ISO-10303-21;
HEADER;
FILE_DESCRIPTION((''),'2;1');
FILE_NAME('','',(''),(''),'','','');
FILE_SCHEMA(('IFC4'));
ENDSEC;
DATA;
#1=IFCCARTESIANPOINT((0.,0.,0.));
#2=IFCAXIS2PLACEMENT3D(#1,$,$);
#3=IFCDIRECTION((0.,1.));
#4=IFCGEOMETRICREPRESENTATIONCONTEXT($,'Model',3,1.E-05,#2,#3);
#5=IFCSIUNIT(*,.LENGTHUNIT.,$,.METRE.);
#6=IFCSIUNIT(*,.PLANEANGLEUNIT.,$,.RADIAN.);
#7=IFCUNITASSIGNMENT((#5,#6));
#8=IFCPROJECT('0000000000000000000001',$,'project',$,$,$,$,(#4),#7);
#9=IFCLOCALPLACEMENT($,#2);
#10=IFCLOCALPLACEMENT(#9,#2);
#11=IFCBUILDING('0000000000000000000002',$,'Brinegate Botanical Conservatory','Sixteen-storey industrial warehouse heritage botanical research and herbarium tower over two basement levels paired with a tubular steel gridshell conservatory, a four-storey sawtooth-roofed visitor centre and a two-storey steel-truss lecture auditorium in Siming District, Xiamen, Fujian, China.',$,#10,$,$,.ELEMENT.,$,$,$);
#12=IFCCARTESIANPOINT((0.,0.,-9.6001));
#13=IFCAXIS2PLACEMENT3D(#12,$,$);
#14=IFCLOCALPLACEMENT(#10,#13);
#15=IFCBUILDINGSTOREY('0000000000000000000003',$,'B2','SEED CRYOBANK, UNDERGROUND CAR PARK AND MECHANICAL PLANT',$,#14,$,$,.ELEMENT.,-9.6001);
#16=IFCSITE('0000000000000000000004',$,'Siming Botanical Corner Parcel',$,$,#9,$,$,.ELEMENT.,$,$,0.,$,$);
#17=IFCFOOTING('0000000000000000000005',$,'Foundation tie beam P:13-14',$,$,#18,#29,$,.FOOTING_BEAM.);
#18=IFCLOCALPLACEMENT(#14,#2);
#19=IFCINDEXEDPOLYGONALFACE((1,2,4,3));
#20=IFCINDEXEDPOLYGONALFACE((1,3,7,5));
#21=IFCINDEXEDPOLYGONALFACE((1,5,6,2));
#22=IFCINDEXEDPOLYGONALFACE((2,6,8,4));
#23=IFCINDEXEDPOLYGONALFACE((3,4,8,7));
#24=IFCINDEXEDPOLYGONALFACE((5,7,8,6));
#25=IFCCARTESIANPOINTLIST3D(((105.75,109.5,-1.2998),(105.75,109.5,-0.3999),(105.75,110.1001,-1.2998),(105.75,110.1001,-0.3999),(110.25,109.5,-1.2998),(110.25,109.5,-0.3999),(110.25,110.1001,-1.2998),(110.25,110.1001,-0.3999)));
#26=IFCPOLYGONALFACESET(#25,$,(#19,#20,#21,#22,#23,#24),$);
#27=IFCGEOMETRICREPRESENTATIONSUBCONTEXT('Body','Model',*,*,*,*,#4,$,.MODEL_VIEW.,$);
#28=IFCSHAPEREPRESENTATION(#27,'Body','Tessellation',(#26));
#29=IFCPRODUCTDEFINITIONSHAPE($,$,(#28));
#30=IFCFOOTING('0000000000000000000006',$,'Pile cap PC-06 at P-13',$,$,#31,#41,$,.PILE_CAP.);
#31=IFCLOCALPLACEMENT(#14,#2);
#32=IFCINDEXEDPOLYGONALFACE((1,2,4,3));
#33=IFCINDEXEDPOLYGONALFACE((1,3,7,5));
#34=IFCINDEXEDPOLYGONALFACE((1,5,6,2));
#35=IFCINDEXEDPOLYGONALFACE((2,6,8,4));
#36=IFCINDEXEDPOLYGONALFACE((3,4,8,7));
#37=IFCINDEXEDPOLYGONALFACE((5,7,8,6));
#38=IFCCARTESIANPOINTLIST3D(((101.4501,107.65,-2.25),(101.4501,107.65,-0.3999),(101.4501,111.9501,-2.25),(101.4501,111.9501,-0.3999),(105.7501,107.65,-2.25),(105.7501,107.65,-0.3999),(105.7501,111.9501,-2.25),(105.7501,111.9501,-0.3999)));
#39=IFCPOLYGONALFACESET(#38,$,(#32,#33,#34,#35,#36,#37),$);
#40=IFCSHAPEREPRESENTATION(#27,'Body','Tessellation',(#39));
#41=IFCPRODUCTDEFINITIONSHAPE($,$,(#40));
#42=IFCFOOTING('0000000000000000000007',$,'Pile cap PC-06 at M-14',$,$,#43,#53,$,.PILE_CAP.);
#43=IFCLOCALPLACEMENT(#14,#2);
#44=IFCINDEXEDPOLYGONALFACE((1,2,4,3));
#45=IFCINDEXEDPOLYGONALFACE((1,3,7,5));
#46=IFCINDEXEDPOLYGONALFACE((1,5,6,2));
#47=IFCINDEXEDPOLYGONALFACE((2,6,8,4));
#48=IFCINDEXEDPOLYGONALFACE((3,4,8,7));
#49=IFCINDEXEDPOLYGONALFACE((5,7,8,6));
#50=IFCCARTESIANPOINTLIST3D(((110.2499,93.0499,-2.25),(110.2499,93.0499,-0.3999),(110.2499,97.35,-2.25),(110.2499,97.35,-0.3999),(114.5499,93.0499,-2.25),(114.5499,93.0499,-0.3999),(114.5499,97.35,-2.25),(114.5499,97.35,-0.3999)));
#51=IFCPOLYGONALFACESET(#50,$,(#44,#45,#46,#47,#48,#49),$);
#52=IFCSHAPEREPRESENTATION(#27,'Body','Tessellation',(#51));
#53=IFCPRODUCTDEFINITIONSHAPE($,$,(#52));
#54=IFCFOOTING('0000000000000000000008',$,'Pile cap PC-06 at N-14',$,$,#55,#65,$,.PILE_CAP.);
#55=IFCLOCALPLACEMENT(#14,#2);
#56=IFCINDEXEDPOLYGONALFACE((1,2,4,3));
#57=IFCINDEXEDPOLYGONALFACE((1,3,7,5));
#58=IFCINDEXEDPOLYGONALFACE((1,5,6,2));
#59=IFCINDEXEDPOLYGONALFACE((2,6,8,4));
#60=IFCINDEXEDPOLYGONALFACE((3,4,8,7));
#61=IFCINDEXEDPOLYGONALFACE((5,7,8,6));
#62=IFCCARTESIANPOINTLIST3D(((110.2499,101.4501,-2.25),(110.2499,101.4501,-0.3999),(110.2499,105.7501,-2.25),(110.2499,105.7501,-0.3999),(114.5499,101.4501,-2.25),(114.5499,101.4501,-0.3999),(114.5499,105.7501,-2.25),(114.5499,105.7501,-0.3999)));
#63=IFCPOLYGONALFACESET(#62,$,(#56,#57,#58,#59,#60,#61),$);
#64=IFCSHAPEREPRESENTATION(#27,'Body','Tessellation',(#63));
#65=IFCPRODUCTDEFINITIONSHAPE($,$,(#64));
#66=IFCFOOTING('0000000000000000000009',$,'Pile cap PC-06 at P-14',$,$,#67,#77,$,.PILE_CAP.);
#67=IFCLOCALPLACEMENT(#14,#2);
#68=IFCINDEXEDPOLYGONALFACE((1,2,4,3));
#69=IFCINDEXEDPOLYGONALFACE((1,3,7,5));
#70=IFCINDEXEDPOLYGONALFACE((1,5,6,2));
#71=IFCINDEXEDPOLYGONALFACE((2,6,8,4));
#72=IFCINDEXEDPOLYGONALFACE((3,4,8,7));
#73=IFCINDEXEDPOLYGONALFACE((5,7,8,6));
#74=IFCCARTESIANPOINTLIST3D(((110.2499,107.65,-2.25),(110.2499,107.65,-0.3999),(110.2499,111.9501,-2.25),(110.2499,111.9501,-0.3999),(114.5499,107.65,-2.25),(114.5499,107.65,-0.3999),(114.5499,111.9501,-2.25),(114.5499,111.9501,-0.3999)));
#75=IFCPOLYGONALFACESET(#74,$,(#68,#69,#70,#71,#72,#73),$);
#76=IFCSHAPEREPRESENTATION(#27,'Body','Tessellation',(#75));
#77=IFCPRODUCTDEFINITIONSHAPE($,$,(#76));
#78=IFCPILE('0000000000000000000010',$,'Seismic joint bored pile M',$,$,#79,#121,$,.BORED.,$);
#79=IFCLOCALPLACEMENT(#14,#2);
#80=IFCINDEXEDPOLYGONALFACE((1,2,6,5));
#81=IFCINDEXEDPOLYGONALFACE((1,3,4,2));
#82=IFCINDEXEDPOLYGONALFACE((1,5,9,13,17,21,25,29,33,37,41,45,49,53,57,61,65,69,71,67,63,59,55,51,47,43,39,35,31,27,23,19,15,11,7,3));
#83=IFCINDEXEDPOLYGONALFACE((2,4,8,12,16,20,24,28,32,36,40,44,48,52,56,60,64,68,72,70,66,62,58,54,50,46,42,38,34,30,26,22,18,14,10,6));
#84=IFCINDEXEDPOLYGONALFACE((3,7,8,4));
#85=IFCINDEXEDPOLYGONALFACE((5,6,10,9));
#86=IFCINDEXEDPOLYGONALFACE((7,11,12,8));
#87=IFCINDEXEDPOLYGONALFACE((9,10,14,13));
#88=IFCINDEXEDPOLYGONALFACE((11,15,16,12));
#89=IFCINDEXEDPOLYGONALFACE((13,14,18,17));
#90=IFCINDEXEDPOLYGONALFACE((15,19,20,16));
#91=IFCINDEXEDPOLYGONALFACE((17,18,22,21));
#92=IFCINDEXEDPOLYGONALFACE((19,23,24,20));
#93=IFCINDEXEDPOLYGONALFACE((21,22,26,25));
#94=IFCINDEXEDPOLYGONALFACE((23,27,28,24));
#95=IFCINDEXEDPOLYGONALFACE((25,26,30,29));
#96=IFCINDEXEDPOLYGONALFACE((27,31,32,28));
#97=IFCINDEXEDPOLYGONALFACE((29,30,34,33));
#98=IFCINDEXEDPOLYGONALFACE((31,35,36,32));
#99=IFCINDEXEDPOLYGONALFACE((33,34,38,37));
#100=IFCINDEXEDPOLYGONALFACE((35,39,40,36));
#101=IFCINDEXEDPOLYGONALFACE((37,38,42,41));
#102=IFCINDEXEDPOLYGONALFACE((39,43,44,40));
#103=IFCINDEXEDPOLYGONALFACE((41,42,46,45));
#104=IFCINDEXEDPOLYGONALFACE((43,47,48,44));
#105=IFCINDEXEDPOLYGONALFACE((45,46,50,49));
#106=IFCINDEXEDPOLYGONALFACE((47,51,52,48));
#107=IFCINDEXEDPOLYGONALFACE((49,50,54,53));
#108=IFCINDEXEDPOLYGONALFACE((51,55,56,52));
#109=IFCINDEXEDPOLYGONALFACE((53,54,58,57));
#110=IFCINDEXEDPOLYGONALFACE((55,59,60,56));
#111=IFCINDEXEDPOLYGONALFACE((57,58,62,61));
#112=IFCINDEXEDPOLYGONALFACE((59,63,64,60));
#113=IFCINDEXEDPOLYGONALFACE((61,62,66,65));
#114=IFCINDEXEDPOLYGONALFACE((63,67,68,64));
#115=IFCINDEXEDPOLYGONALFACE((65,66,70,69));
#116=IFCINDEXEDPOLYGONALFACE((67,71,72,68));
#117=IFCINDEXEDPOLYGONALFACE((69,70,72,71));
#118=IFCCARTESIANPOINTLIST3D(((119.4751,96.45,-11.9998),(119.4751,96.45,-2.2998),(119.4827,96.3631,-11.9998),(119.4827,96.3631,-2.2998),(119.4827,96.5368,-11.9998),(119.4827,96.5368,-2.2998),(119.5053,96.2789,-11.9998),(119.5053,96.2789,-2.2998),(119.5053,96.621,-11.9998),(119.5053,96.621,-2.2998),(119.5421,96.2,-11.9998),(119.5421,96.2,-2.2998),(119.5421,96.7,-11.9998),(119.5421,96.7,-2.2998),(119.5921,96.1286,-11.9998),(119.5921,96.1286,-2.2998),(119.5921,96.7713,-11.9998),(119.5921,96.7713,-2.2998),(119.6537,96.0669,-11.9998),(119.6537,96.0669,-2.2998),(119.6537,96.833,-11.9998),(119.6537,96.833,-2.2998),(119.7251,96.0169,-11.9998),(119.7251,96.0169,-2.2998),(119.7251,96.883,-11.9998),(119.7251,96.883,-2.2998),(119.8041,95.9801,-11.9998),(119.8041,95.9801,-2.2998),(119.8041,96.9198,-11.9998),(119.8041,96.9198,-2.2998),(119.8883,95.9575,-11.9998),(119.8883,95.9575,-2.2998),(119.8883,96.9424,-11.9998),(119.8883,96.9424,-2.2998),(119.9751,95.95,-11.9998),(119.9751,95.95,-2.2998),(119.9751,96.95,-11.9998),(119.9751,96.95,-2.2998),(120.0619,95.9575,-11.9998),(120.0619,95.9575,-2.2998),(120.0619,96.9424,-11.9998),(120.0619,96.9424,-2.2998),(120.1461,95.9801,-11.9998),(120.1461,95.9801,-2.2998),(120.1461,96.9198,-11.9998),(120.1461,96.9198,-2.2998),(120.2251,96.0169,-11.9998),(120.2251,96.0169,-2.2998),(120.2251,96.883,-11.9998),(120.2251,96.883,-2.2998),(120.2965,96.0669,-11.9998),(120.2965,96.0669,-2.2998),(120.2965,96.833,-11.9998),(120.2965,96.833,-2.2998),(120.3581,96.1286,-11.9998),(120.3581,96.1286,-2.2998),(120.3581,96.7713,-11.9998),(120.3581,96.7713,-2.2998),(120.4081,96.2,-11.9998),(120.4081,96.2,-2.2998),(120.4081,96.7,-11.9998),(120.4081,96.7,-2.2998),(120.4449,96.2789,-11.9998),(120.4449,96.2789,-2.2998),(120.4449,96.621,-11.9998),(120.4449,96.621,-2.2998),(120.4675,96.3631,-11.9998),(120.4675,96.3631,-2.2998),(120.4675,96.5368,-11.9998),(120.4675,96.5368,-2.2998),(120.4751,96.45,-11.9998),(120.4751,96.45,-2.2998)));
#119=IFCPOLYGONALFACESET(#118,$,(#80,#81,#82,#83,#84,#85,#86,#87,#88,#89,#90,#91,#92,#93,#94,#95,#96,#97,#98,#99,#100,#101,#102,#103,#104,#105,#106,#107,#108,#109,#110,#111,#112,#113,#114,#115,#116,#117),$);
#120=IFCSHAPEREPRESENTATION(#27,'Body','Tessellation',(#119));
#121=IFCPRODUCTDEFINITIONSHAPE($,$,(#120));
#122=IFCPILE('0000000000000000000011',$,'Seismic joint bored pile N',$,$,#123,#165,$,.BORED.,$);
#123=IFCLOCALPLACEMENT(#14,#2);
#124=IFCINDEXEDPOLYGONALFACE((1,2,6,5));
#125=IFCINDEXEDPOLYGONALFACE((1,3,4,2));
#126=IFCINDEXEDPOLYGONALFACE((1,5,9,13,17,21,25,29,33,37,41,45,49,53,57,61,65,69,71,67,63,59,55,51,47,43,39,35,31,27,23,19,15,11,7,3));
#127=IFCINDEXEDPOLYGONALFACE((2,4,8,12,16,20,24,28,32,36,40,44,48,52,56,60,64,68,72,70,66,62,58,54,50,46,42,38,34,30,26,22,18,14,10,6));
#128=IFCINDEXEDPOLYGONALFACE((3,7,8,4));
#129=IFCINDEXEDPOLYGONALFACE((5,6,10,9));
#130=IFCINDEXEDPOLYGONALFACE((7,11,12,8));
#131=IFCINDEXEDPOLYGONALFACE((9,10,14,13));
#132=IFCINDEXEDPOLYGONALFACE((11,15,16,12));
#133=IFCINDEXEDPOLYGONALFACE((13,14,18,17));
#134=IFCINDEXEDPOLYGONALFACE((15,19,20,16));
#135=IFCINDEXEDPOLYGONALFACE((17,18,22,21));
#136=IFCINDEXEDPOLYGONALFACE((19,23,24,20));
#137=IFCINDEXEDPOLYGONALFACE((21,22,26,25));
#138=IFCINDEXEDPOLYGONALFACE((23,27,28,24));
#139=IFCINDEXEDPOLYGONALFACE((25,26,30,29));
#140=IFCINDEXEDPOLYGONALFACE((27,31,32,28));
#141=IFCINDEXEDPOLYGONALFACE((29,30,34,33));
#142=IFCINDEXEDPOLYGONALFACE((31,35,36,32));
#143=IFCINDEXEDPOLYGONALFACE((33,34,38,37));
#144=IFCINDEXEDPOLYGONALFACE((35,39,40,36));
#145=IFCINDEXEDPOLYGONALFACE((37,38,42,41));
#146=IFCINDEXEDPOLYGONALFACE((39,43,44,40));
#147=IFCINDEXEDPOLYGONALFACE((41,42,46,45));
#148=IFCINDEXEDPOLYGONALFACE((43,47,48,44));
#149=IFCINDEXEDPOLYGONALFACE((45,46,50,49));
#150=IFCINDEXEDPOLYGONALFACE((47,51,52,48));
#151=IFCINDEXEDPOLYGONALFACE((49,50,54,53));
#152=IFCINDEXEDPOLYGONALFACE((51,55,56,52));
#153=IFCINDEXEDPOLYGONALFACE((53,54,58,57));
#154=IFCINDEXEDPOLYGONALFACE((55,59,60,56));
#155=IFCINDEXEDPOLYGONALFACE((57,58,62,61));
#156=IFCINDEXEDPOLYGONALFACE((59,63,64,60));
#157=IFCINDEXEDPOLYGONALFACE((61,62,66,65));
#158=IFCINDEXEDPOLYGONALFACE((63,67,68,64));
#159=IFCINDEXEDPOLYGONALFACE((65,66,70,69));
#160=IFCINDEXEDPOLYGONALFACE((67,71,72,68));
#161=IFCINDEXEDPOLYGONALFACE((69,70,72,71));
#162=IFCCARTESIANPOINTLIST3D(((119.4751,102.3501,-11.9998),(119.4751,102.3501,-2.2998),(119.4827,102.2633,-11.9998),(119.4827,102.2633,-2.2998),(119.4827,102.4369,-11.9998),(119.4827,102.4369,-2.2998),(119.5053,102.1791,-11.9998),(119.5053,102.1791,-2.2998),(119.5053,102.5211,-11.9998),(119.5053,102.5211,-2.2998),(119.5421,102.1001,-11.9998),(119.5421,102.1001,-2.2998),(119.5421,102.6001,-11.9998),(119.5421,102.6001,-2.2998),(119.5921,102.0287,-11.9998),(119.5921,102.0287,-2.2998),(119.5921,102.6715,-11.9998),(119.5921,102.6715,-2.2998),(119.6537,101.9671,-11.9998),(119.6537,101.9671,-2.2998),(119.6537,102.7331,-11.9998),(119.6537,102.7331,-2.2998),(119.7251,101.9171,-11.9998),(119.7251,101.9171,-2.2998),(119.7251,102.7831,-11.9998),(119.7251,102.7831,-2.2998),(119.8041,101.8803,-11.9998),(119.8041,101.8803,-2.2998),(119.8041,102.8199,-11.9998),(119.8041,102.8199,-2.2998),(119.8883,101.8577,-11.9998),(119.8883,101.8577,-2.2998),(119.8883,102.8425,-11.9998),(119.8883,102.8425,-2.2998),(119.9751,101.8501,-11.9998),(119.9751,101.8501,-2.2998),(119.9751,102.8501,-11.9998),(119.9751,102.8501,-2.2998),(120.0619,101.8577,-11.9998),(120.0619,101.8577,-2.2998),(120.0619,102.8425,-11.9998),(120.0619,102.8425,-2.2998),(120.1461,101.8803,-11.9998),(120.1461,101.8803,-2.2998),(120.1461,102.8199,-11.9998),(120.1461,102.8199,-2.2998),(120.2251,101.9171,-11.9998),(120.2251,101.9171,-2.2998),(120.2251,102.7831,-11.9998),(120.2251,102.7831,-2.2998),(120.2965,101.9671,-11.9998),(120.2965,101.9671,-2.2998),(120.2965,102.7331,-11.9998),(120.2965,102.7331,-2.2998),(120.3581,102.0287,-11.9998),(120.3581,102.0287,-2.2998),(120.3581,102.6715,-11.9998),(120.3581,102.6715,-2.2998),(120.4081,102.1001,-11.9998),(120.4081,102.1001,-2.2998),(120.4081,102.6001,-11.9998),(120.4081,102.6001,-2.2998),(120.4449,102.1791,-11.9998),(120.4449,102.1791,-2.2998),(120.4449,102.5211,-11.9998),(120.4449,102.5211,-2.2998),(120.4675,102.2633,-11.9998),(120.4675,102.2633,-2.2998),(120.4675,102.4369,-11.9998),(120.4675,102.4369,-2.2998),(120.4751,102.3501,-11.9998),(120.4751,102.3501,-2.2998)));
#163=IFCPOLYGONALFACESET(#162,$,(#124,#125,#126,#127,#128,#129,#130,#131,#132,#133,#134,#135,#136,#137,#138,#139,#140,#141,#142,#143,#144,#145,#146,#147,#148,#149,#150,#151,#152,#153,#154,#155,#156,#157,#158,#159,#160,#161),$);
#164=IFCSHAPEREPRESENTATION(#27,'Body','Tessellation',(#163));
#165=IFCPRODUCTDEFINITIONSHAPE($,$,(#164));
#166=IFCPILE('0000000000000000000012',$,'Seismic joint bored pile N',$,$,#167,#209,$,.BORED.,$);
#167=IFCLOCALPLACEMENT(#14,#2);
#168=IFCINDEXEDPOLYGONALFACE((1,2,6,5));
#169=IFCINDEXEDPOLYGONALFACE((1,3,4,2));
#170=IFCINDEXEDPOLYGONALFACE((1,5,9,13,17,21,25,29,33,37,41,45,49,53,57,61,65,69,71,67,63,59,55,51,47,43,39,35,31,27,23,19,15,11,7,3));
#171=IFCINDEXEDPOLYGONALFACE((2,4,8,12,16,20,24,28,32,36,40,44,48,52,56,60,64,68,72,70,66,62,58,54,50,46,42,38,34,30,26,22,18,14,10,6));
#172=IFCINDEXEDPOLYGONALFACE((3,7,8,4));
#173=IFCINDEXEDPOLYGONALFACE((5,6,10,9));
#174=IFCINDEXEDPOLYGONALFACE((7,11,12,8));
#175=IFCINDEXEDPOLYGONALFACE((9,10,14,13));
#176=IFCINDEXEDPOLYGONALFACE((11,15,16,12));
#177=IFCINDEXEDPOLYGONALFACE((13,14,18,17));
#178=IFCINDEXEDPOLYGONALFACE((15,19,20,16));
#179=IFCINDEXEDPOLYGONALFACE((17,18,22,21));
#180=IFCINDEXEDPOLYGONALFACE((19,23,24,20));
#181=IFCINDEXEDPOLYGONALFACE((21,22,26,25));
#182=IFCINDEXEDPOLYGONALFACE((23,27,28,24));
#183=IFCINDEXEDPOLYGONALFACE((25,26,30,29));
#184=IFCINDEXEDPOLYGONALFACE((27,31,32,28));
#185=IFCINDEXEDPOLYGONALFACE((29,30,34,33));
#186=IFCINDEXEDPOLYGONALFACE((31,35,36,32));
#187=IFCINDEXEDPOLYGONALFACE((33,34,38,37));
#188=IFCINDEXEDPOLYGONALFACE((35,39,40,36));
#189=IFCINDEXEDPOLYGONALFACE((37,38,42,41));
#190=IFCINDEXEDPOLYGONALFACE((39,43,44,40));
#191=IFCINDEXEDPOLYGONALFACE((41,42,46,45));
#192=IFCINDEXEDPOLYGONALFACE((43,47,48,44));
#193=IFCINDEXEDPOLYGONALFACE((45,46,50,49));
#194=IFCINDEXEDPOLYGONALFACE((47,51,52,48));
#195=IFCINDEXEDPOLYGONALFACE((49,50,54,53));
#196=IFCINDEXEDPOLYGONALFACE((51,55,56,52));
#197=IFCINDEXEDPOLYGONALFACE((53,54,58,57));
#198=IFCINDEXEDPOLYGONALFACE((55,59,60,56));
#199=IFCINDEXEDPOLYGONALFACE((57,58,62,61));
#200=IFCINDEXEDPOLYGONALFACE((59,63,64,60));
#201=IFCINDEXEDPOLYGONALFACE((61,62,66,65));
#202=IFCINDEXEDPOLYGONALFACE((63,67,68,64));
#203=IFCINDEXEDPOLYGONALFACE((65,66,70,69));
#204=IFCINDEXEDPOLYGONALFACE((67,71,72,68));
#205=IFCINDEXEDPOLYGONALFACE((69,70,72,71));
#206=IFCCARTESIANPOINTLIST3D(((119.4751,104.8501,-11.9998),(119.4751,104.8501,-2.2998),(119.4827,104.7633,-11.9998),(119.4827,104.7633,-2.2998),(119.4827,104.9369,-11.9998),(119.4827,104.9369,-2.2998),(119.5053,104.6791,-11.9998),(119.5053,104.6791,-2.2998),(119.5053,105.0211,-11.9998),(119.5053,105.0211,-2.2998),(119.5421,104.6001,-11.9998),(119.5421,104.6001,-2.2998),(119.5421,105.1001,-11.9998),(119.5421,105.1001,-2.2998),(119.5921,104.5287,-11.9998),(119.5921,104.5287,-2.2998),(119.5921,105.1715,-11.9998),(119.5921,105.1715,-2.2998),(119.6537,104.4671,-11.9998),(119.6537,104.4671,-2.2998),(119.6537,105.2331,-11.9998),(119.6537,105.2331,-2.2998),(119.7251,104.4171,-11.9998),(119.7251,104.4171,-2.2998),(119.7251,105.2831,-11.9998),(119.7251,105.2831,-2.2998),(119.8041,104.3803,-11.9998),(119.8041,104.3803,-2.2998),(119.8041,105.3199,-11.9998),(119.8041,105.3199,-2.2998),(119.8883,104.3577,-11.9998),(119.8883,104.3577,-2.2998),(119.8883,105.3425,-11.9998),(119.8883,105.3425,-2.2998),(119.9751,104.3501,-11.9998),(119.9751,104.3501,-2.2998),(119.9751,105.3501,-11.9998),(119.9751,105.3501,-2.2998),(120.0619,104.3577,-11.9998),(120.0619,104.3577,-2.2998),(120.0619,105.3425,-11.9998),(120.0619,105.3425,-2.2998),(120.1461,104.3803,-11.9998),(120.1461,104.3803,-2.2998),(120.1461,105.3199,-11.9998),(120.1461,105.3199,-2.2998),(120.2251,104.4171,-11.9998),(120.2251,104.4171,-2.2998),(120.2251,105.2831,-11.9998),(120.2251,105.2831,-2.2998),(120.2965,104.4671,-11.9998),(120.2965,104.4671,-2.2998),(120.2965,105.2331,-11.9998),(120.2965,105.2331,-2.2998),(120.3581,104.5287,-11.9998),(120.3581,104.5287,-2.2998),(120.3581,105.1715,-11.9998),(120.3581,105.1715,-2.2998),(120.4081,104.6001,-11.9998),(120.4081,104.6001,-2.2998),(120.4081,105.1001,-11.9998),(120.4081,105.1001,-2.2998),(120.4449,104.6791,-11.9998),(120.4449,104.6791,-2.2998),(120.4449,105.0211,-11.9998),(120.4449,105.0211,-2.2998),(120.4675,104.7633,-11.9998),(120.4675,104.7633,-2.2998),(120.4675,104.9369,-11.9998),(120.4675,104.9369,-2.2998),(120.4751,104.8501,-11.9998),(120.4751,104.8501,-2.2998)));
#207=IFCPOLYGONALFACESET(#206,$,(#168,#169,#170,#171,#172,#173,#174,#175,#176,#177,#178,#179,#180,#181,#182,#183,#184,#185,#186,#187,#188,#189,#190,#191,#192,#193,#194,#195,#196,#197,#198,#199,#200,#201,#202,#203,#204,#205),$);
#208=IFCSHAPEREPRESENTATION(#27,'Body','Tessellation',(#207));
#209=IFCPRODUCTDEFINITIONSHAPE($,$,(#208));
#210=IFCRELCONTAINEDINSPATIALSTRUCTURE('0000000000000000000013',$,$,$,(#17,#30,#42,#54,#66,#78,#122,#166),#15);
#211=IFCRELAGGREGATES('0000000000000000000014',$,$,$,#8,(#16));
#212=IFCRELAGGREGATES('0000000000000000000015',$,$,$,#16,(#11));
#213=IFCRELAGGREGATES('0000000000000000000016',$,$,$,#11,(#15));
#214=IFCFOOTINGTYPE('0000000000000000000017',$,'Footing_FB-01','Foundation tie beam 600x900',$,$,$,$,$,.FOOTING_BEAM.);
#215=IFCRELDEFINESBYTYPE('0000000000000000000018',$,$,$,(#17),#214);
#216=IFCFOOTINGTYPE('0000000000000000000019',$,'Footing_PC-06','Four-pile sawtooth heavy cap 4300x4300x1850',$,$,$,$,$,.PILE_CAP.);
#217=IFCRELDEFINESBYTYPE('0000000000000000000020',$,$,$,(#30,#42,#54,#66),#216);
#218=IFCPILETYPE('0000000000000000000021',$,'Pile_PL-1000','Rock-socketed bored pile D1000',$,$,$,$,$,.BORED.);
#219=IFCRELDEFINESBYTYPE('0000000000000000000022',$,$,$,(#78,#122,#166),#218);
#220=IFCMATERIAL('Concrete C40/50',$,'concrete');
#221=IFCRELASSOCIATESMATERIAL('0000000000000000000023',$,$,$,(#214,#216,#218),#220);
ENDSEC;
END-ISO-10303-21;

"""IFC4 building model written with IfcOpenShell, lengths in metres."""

from ifc_helpers import new_model, si_unit, direction, frame, origin, origin_2d, place, context, subcontext, project, spatial, rectangle, circle, extrude, material, material_profile, profile_set, type_object, element, save


model = new_model("IFC4")

# Units and contexts
model_context = context("Model", 3, precision=1e-05, world=origin(), true_north=direction((0.0, 1.0)))
body_context = subcontext(model_context, "Body", "Model", "MODEL_VIEW")
ifc_project = project(units=[si_unit("LENGTHUNIT", "METRE"), si_unit("PLANEANGLEUNIT", "RADIAN")], contexts=[model_context])

# Site, building, storey
site_placement = place(None, origin())
site = spatial("IfcSite", under=ifc_project, at=site_placement, Name="Siming Botanical Corner Parcel", CompositionType="ELEMENT", RefElevation=0.0)
building_placement = place(site_placement, origin())
building = spatial("IfcBuilding", under=site, at=building_placement, Name="Brinegate Botanical Conservatory", Description="Sixteen-storey industrial warehouse heritage botanical research and herbarium tower over two basement levels paired with a tubular steel gridshell conservatory, a four-storey sawtooth-roofed visitor centre and a two-storey steel-truss lecture auditorium in Siming District, Xiamen, Fujian, China.", CompositionType="ELEMENT")
storey_placement = place(building_placement, frame((0.0, 0.0, -9.6001)))
storey = spatial("IfcBuildingStorey", under=building, at=storey_placement, Name="B2", Description="SEED CRYOBANK, UNDERGROUND CAR PARK AND MECHANICAL PLANT", CompositionType="ELEMENT", Elevation=-9.6001)

# Footings
ifc_material = material(Name="Concrete C40/50", Category="concrete")
ifc_material_profile_1 = material_profile(ifc_material, rectangle(XDim=0.6001, YDim=0.8999, at=origin_2d()), Name="RC GB 600x900")
ifc_profile_set_1 = profile_set([ifc_material_profile_1], Name="Concrete C40/50")
footing_type_1 = type_object("IfcFootingType", Name="Footing_FB-01", Description="Foundation tie beam 600x900", PredefinedType="FOOTING_BEAM", material=ifc_profile_set_1)
footing_placement = place(storey_placement, frame((105.75, 109.8, -0.8499), z_axis=(1.0, 0.0, 0.0), x_axis=(0.0, 1.0, 0.0)))
element("IfcFooting", 1, at=footing_placement, inside=storey, type_object=footing_type_1, Name="Foundation tie beam P:13-14", PredefinedType="FOOTING_BEAM", context=body_context, shape_type="SweptSolid", body=[
    extrude(rectangle(XDim=0.6001, YDim=0.8999, at=origin_2d()), origin(), (0.0, 0.0, 1.0), 4.5),
])
footing_type_2 = type_object("IfcFootingType", Name="Footing_PC-06", Description="Four-pile sawtooth heavy cap 4300x4300x1850", PredefinedType="PILE_CAP", material=ifc_material)
for number, where, z_axis, x_axis, name in (
    (2, (103.6001, 109.8, -2.25), (0.0, 0.0, 1.0), (1.0, 0.0, 0.0), "Pile cap PC-06 at P-13"),
    (3, (112.3999, 95.2, -2.25), (0.0, 0.0, 1.0), (1.0, 0.0, 0.0), "Pile cap PC-06 at M-14"),
    (4, (112.3999, 103.6001, -2.25), (0.0, 0.0, 1.0), (1.0, 0.0, 0.0), "Pile cap PC-06 at N-14"),
    (5, (112.3999, 109.8, -2.25), (0.0, 0.0, 1.0), (1.0, 0.0, 0.0), "Pile cap PC-06 at P-14"),
):
    element("IfcFooting", number, at=place(storey_placement, frame(where, z_axis=z_axis, x_axis=x_axis)), inside=storey, type_object=footing_type_2, Name=name, PredefinedType="PILE_CAP", context=body_context, shape_type="SweptSolid", body=[
        extrude(rectangle(XDim=4.3, YDim=4.3, at=origin_2d()), origin(), (0.0, 0.0, 1.0), 1.8501),
    ])

# Piles
ifc_material_profile_2 = material_profile(ifc_material, circle(Radius=0.5, at=origin_2d()), Name="PILE D1000")
ifc_profile_set_2 = profile_set([ifc_material_profile_2], Name="Concrete C40/50")
pile_type_1 = type_object("IfcPileType", Name="Pile_PL-1000", Description="Rock-socketed bored pile D1000", PredefinedType="BORED", material=ifc_profile_set_2)
for number, where, z_axis, x_axis, name in (
    (6, (119.9751, 96.45, -2.2998), (0.0, 0.0, -1.0), (1.0, 0.0, 0.0), "Seismic joint bored pile M"),
    (7, (119.9751, 102.3501, -2.2998), (0.0, 0.0, -1.0), (1.0, 0.0, 0.0), "Seismic joint bored pile N"),
    (8, (119.9751, 104.8501, -2.2998), (0.0, 0.0, -1.0), (1.0, 0.0, 0.0), "Seismic joint bored pile N"),
):
    element("IfcPile", number, at=place(storey_placement, frame(where, z_axis=z_axis, x_axis=x_axis)), inside=storey, type_object=pile_type_1, Name=name, PredefinedType="BORED", context=body_context, shape_type="SweptSolid", body=[
        extrude(circle(Radius=0.5, at=origin_2d()), origin(), (0.0, 0.0, 1.0), 9.7),
    ])

save(model, "model.ifc")
